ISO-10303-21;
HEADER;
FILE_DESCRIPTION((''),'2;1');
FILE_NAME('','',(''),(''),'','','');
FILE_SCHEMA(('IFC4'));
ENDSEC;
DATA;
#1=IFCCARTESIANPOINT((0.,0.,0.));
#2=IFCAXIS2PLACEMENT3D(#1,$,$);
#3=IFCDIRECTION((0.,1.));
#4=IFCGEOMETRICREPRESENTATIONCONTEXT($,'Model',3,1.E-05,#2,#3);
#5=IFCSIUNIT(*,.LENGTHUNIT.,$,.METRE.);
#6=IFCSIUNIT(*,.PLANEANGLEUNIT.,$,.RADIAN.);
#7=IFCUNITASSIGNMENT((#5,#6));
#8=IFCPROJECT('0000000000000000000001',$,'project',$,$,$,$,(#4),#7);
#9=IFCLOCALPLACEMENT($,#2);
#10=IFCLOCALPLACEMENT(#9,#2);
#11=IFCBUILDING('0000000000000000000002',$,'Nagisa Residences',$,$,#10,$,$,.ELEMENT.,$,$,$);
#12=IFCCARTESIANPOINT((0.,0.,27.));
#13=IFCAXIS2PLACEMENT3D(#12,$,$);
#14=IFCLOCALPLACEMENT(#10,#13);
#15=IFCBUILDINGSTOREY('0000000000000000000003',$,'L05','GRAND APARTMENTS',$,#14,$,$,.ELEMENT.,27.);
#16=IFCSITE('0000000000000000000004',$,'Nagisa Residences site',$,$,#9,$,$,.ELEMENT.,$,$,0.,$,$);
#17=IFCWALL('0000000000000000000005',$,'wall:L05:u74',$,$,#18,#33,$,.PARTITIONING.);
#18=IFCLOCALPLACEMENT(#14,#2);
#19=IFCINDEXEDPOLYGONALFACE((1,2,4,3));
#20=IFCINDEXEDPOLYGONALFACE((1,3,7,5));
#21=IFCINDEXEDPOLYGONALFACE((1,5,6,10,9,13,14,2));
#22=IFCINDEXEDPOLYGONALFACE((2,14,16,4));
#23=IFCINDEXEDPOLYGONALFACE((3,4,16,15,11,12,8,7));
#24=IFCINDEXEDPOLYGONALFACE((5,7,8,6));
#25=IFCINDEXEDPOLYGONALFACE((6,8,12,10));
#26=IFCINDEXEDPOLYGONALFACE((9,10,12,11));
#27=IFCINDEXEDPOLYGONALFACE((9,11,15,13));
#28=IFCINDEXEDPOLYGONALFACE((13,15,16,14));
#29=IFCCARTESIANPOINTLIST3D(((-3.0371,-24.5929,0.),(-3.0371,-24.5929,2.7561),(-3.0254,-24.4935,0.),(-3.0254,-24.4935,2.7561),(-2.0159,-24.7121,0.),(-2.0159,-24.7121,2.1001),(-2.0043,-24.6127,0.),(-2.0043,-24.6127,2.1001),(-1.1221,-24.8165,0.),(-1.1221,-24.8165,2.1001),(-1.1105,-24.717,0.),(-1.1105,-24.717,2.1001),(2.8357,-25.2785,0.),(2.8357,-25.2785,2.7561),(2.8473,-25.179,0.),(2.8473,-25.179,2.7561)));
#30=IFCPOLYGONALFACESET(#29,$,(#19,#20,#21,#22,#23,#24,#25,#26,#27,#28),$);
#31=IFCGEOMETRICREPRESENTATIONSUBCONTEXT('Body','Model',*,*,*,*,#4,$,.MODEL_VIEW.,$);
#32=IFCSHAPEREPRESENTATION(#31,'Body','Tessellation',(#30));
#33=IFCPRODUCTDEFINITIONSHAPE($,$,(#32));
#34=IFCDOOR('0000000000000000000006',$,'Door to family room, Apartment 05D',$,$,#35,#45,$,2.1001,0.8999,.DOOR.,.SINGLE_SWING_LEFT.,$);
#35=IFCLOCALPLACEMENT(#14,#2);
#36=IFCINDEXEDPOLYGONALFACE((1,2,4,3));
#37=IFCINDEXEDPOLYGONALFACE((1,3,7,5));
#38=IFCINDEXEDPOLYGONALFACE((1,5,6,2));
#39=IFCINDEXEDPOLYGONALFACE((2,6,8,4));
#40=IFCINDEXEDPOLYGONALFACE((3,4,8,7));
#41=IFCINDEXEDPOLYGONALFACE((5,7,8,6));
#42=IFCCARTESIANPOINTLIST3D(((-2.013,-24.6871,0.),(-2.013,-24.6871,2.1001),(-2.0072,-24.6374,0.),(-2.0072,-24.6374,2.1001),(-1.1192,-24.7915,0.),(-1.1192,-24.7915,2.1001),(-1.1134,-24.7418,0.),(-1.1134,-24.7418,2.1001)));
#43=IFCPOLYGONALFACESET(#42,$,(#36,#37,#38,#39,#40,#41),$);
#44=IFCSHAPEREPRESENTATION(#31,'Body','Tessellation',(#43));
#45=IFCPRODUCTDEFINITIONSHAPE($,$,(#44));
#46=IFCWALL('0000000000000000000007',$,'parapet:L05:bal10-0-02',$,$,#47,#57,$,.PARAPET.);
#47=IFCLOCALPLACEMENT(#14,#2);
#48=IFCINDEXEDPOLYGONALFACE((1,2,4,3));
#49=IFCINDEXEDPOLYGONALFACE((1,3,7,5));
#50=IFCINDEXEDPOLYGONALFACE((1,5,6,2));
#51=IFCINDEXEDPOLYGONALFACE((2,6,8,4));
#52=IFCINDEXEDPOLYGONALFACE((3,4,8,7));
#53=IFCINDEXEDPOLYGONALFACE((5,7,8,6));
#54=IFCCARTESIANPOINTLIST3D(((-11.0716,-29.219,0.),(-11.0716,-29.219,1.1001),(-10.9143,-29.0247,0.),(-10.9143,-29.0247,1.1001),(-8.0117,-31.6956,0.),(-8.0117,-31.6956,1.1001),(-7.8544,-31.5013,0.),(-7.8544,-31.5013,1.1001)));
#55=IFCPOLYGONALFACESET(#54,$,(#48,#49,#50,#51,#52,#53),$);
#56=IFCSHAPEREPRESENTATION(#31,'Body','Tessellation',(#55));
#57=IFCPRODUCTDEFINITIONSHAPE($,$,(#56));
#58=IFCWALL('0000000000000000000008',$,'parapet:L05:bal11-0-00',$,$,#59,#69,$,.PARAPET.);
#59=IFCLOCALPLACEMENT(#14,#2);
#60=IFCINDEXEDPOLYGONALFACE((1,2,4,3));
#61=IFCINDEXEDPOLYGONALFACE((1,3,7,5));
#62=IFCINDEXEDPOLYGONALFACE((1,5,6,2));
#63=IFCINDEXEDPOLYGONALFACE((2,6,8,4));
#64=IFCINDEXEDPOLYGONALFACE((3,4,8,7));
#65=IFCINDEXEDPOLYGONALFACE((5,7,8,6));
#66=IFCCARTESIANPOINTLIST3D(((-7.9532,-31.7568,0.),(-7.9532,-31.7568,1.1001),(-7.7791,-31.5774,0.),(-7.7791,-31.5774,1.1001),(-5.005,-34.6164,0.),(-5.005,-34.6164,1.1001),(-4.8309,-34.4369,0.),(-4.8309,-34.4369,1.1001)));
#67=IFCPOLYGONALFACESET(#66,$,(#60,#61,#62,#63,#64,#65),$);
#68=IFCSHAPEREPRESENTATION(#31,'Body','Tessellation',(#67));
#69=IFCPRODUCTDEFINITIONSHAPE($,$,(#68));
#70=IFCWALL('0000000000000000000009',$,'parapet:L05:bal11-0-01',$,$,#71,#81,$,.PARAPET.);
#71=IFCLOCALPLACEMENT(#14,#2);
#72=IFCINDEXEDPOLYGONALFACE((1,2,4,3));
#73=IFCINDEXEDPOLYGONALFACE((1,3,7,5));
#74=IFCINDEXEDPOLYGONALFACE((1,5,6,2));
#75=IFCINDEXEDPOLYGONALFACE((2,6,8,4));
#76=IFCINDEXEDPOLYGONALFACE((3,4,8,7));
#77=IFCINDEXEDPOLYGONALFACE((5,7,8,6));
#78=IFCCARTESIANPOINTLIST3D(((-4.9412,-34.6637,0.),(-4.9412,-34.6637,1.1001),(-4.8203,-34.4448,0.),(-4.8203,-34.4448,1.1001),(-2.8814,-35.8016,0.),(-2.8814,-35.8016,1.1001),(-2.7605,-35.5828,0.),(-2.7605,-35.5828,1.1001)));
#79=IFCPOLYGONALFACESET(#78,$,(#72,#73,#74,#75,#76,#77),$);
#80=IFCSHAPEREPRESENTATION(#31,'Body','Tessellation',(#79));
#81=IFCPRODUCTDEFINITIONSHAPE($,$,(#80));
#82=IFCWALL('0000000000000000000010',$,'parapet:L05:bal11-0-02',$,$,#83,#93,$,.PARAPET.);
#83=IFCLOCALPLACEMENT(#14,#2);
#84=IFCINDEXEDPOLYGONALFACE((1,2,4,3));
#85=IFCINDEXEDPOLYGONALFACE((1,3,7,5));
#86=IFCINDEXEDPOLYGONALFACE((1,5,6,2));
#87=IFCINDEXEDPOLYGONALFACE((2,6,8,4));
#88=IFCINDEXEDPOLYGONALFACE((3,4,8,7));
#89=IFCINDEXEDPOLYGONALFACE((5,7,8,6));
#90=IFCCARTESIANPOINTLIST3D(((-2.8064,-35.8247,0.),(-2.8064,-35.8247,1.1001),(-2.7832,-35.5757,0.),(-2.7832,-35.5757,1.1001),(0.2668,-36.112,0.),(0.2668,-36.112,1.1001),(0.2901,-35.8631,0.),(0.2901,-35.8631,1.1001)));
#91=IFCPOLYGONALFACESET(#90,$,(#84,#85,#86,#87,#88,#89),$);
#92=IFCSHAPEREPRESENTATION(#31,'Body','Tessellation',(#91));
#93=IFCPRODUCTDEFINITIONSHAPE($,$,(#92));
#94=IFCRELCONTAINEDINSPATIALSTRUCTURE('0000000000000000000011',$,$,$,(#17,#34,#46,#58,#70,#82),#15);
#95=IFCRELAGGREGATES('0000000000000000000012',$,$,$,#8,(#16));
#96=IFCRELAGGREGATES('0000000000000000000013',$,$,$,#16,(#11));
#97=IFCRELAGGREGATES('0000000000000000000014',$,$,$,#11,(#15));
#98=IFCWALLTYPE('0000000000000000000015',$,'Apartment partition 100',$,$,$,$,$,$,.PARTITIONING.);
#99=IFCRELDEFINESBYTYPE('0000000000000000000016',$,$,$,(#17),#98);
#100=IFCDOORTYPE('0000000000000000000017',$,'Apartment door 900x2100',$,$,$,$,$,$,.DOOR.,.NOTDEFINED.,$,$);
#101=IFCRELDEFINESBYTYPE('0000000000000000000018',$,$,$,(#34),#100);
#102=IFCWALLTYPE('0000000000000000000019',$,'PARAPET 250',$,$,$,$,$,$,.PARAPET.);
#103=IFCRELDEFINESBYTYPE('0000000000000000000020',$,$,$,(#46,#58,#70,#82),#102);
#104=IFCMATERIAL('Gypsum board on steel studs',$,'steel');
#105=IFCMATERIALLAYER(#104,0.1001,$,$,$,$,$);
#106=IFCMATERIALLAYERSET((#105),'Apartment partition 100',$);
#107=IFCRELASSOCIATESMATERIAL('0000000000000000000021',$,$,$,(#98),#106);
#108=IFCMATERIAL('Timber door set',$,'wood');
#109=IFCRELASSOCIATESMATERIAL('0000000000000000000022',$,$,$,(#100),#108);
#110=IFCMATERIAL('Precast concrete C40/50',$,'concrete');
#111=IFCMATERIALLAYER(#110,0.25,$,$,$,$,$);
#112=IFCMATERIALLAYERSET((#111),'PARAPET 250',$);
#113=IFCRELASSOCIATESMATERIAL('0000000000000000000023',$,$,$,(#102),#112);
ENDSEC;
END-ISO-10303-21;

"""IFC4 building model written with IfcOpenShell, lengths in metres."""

from ifc_helpers import new_model, si_unit, direction, frame, frame_2d, origin, place, context, subcontext, project, spatial, rectangle, extrude, material, layer, layer_set, type_object, element, fill, save


model = new_model("IFC4")

# Units and contexts
model_context = context("Model", 3, precision=1e-05, world=origin(), true_north=direction((0.0, 1.0)))
body_context = subcontext(model_context, "Body", "Model", "MODEL_VIEW")
ifc_project = project(units=[si_unit("LENGTHUNIT", "METRE"), si_unit("PLANEANGLEUNIT", "RADIAN")], contexts=[model_context])

# Site, building, storey
site_placement = place(None, origin())
site = spatial("IfcSite", under=ifc_project, at=site_placement, Name="Nagisa Residences site", CompositionType="ELEMENT", RefElevation=0.0)
building_placement = place(site_placement, origin())
building = spatial("IfcBuilding", under=site, at=building_placement, Name="Nagisa Residences", CompositionType="ELEMENT")
storey_placement = place(building_placement, frame((0.0, 0.0, 27.0)))
storey = spatial("IfcBuildingStorey", under=building, at=storey_placement, Name="L05", Description="GRAND APARTMENTS", CompositionType="ELEMENT", Elevation=27.0)

# Shared definitions
ifc_material_1 = material(Name="Gypsum board on steel studs", Category="steel")
ifc_layer_1 = layer(ifc_material_1, 0.1001)
ifc_layer_set_1 = layer_set([ifc_layer_1], Name="Apartment partition 100")
wall_type_1 = type_object("IfcWallType", Name="Apartment partition 100", PredefinedType="PARTITIONING", material=ifc_layer_set_1)
ifc_material_2 = material(Name="Timber door set", Category="wood")
door_type_1 = type_object("IfcDoorType", Name="Apartment door 900x2100", OperationType="NOTDEFINED", PredefinedType="DOOR", material=ifc_material_2)

# Wall, opening, door
wall_1_placement = place(storey_placement, frame((-3.0312, -24.5432, 0.0), z_axis=(0.0, 0.0, 1.0), x_axis=(0.993256, -0.115945, 0.0)))
wall_1 = element("IfcWall", 1, at=wall_1_placement, inside=storey, type_object=wall_type_1, Name="wall:L05:u74", PredefinedType="PARTITIONING", context=body_context, shape_type="SweptSolid", body=[
    extrude(rectangle(XDim=5.9126, YDim=0.1001, at=frame_2d((2.9563, 0.0))), origin(), (0.0, 0.0, 1.0), 2.7561),
])
opening_1_placement = place(wall_1_placement, frame((1.0281, 0.0, 0.0)))
opening_1 = element("IfcOpeningElement", 2, at=opening_1_placement, cuts=wall_1, PredefinedType="OPENING", context=body_context, shape_type="SweptSolid", body=[
    extrude(rectangle(XDim=0.8999, YDim=2.1001, at=frame_2d((0.45, 1.05))), frame((0.0, 0.0601, 0.0), z_axis=(0.0, -1.0, 0.0), x_axis=(1.0, 0.0, 0.0)), (0.0, 0.0, 1.0), 0.1201),
])
door_1_placement = place(opening_1_placement, frame((0.8999, 0.0, 0.0), x_axis=(-1.0, 0.0, 0.0)))
door_1 = element("IfcDoor", 3, at=door_1_placement, inside=storey, type_object=door_type_1, Name="Door to family room, Apartment 05D", OperationType="SINGLE_SWING_LEFT", OverallHeight=2.1001, OverallWidth=0.8999, PredefinedType="DOOR", context=body_context, shape_type="SweptSolid", body=[
    extrude(rectangle(XDim=0.8999, YDim=2.1001, at=frame_2d((0.45, 1.05))), frame((0.0, 0.0249, 0.0), z_axis=(0.0, -1.0, 0.0), x_axis=(1.0, 0.0, 0.0)), (0.0, 0.0, 1.0), 0.05),
])
fill(opening_1, door_1)

# Walls
ifc_material_3 = material(Name="Precast concrete C40/50", Category="concrete")
ifc_layer_2 = layer(ifc_material_3, 0.25)
ifc_layer_set_2 = layer_set([ifc_layer_2], Name="PARAPET 250")
wall_type_2 = type_object("IfcWallType", Name="PARAPET 250", PredefinedType="PARAPET", material=ifc_layer_set_2)
wall_2_placement = place(storey_placement, frame((-10.9929, -29.1218, 0.0), z_axis=(0.0, 0.0, 1.0), x_axis=(0.777298, -0.629132, 0.0)))
element("IfcWall", 4, at=wall_2_placement, inside=storey, type_object=wall_type_2, Name="parapet:L05:bal10-0-02", PredefinedType="PARAPET", context=body_context, shape_type="SweptSolid", body=[
    extrude(rectangle(XDim=3.9365, YDim=0.25, at=frame_2d((1.9683, 0.0))), origin(), (0.0, 0.0, 1.0), 1.1001),
])
wall_3_placement = place(storey_placement, frame((-7.8662, -31.667, 0.0), z_axis=(0.0, 0.0, 1.0), x_axis=(0.717813, -0.696236, 0.0)))
element("IfcWall", 5, at=wall_3_placement, inside=storey, type_object=wall_type_2, Name="parapet:L05:bal11-0-00", PredefinedType="PARAPET", context=body_context, shape_type="SweptSolid", body=[
    extrude(rectangle(XDim=4.1072, YDim=0.25, at=frame_2d((2.0537, 0.0))), origin(), (0.0, 0.0, 1.0), 1.1001),
])
wall_4_placement = place(storey_placement, frame((-4.8809, -34.5542, 0.0), z_axis=(0.0, 0.0, 1.0), x_axis=(0.87531, -0.483563, 0.0)))
element("IfcWall", 6, at=wall_4_placement, inside=storey, type_object=wall_type_2, Name="parapet:L05:bal11-0-01", PredefinedType="PARAPET", context=body_context, shape_type="SweptSolid", body=[
    extrude(rectangle(XDim=2.3533, YDim=0.25, at=frame_2d((1.1768, 0.0))), origin(), (0.0, 0.0, 1.0), 1.1001),
])
wall_5_placement = place(storey_placement, frame((-2.7949, -35.7002, 0.0), z_axis=(0.0, 0.0, 1.0), x_axis=(0.995657, -0.093096, 0.0)))
element("IfcWall", 7, at=wall_5_placement, inside=storey, type_object=wall_type_2, Name="parapet:L05:bal11-0-02", PredefinedType="PARAPET", context=body_context, shape_type="SweptSolid", body=[
    extrude(rectangle(XDim=3.0867, YDim=0.25, at=frame_2d((1.5435, 0.0))), origin(), (0.0, 0.0, 1.0), 1.1001),
])

save(model, "model.ifc")
